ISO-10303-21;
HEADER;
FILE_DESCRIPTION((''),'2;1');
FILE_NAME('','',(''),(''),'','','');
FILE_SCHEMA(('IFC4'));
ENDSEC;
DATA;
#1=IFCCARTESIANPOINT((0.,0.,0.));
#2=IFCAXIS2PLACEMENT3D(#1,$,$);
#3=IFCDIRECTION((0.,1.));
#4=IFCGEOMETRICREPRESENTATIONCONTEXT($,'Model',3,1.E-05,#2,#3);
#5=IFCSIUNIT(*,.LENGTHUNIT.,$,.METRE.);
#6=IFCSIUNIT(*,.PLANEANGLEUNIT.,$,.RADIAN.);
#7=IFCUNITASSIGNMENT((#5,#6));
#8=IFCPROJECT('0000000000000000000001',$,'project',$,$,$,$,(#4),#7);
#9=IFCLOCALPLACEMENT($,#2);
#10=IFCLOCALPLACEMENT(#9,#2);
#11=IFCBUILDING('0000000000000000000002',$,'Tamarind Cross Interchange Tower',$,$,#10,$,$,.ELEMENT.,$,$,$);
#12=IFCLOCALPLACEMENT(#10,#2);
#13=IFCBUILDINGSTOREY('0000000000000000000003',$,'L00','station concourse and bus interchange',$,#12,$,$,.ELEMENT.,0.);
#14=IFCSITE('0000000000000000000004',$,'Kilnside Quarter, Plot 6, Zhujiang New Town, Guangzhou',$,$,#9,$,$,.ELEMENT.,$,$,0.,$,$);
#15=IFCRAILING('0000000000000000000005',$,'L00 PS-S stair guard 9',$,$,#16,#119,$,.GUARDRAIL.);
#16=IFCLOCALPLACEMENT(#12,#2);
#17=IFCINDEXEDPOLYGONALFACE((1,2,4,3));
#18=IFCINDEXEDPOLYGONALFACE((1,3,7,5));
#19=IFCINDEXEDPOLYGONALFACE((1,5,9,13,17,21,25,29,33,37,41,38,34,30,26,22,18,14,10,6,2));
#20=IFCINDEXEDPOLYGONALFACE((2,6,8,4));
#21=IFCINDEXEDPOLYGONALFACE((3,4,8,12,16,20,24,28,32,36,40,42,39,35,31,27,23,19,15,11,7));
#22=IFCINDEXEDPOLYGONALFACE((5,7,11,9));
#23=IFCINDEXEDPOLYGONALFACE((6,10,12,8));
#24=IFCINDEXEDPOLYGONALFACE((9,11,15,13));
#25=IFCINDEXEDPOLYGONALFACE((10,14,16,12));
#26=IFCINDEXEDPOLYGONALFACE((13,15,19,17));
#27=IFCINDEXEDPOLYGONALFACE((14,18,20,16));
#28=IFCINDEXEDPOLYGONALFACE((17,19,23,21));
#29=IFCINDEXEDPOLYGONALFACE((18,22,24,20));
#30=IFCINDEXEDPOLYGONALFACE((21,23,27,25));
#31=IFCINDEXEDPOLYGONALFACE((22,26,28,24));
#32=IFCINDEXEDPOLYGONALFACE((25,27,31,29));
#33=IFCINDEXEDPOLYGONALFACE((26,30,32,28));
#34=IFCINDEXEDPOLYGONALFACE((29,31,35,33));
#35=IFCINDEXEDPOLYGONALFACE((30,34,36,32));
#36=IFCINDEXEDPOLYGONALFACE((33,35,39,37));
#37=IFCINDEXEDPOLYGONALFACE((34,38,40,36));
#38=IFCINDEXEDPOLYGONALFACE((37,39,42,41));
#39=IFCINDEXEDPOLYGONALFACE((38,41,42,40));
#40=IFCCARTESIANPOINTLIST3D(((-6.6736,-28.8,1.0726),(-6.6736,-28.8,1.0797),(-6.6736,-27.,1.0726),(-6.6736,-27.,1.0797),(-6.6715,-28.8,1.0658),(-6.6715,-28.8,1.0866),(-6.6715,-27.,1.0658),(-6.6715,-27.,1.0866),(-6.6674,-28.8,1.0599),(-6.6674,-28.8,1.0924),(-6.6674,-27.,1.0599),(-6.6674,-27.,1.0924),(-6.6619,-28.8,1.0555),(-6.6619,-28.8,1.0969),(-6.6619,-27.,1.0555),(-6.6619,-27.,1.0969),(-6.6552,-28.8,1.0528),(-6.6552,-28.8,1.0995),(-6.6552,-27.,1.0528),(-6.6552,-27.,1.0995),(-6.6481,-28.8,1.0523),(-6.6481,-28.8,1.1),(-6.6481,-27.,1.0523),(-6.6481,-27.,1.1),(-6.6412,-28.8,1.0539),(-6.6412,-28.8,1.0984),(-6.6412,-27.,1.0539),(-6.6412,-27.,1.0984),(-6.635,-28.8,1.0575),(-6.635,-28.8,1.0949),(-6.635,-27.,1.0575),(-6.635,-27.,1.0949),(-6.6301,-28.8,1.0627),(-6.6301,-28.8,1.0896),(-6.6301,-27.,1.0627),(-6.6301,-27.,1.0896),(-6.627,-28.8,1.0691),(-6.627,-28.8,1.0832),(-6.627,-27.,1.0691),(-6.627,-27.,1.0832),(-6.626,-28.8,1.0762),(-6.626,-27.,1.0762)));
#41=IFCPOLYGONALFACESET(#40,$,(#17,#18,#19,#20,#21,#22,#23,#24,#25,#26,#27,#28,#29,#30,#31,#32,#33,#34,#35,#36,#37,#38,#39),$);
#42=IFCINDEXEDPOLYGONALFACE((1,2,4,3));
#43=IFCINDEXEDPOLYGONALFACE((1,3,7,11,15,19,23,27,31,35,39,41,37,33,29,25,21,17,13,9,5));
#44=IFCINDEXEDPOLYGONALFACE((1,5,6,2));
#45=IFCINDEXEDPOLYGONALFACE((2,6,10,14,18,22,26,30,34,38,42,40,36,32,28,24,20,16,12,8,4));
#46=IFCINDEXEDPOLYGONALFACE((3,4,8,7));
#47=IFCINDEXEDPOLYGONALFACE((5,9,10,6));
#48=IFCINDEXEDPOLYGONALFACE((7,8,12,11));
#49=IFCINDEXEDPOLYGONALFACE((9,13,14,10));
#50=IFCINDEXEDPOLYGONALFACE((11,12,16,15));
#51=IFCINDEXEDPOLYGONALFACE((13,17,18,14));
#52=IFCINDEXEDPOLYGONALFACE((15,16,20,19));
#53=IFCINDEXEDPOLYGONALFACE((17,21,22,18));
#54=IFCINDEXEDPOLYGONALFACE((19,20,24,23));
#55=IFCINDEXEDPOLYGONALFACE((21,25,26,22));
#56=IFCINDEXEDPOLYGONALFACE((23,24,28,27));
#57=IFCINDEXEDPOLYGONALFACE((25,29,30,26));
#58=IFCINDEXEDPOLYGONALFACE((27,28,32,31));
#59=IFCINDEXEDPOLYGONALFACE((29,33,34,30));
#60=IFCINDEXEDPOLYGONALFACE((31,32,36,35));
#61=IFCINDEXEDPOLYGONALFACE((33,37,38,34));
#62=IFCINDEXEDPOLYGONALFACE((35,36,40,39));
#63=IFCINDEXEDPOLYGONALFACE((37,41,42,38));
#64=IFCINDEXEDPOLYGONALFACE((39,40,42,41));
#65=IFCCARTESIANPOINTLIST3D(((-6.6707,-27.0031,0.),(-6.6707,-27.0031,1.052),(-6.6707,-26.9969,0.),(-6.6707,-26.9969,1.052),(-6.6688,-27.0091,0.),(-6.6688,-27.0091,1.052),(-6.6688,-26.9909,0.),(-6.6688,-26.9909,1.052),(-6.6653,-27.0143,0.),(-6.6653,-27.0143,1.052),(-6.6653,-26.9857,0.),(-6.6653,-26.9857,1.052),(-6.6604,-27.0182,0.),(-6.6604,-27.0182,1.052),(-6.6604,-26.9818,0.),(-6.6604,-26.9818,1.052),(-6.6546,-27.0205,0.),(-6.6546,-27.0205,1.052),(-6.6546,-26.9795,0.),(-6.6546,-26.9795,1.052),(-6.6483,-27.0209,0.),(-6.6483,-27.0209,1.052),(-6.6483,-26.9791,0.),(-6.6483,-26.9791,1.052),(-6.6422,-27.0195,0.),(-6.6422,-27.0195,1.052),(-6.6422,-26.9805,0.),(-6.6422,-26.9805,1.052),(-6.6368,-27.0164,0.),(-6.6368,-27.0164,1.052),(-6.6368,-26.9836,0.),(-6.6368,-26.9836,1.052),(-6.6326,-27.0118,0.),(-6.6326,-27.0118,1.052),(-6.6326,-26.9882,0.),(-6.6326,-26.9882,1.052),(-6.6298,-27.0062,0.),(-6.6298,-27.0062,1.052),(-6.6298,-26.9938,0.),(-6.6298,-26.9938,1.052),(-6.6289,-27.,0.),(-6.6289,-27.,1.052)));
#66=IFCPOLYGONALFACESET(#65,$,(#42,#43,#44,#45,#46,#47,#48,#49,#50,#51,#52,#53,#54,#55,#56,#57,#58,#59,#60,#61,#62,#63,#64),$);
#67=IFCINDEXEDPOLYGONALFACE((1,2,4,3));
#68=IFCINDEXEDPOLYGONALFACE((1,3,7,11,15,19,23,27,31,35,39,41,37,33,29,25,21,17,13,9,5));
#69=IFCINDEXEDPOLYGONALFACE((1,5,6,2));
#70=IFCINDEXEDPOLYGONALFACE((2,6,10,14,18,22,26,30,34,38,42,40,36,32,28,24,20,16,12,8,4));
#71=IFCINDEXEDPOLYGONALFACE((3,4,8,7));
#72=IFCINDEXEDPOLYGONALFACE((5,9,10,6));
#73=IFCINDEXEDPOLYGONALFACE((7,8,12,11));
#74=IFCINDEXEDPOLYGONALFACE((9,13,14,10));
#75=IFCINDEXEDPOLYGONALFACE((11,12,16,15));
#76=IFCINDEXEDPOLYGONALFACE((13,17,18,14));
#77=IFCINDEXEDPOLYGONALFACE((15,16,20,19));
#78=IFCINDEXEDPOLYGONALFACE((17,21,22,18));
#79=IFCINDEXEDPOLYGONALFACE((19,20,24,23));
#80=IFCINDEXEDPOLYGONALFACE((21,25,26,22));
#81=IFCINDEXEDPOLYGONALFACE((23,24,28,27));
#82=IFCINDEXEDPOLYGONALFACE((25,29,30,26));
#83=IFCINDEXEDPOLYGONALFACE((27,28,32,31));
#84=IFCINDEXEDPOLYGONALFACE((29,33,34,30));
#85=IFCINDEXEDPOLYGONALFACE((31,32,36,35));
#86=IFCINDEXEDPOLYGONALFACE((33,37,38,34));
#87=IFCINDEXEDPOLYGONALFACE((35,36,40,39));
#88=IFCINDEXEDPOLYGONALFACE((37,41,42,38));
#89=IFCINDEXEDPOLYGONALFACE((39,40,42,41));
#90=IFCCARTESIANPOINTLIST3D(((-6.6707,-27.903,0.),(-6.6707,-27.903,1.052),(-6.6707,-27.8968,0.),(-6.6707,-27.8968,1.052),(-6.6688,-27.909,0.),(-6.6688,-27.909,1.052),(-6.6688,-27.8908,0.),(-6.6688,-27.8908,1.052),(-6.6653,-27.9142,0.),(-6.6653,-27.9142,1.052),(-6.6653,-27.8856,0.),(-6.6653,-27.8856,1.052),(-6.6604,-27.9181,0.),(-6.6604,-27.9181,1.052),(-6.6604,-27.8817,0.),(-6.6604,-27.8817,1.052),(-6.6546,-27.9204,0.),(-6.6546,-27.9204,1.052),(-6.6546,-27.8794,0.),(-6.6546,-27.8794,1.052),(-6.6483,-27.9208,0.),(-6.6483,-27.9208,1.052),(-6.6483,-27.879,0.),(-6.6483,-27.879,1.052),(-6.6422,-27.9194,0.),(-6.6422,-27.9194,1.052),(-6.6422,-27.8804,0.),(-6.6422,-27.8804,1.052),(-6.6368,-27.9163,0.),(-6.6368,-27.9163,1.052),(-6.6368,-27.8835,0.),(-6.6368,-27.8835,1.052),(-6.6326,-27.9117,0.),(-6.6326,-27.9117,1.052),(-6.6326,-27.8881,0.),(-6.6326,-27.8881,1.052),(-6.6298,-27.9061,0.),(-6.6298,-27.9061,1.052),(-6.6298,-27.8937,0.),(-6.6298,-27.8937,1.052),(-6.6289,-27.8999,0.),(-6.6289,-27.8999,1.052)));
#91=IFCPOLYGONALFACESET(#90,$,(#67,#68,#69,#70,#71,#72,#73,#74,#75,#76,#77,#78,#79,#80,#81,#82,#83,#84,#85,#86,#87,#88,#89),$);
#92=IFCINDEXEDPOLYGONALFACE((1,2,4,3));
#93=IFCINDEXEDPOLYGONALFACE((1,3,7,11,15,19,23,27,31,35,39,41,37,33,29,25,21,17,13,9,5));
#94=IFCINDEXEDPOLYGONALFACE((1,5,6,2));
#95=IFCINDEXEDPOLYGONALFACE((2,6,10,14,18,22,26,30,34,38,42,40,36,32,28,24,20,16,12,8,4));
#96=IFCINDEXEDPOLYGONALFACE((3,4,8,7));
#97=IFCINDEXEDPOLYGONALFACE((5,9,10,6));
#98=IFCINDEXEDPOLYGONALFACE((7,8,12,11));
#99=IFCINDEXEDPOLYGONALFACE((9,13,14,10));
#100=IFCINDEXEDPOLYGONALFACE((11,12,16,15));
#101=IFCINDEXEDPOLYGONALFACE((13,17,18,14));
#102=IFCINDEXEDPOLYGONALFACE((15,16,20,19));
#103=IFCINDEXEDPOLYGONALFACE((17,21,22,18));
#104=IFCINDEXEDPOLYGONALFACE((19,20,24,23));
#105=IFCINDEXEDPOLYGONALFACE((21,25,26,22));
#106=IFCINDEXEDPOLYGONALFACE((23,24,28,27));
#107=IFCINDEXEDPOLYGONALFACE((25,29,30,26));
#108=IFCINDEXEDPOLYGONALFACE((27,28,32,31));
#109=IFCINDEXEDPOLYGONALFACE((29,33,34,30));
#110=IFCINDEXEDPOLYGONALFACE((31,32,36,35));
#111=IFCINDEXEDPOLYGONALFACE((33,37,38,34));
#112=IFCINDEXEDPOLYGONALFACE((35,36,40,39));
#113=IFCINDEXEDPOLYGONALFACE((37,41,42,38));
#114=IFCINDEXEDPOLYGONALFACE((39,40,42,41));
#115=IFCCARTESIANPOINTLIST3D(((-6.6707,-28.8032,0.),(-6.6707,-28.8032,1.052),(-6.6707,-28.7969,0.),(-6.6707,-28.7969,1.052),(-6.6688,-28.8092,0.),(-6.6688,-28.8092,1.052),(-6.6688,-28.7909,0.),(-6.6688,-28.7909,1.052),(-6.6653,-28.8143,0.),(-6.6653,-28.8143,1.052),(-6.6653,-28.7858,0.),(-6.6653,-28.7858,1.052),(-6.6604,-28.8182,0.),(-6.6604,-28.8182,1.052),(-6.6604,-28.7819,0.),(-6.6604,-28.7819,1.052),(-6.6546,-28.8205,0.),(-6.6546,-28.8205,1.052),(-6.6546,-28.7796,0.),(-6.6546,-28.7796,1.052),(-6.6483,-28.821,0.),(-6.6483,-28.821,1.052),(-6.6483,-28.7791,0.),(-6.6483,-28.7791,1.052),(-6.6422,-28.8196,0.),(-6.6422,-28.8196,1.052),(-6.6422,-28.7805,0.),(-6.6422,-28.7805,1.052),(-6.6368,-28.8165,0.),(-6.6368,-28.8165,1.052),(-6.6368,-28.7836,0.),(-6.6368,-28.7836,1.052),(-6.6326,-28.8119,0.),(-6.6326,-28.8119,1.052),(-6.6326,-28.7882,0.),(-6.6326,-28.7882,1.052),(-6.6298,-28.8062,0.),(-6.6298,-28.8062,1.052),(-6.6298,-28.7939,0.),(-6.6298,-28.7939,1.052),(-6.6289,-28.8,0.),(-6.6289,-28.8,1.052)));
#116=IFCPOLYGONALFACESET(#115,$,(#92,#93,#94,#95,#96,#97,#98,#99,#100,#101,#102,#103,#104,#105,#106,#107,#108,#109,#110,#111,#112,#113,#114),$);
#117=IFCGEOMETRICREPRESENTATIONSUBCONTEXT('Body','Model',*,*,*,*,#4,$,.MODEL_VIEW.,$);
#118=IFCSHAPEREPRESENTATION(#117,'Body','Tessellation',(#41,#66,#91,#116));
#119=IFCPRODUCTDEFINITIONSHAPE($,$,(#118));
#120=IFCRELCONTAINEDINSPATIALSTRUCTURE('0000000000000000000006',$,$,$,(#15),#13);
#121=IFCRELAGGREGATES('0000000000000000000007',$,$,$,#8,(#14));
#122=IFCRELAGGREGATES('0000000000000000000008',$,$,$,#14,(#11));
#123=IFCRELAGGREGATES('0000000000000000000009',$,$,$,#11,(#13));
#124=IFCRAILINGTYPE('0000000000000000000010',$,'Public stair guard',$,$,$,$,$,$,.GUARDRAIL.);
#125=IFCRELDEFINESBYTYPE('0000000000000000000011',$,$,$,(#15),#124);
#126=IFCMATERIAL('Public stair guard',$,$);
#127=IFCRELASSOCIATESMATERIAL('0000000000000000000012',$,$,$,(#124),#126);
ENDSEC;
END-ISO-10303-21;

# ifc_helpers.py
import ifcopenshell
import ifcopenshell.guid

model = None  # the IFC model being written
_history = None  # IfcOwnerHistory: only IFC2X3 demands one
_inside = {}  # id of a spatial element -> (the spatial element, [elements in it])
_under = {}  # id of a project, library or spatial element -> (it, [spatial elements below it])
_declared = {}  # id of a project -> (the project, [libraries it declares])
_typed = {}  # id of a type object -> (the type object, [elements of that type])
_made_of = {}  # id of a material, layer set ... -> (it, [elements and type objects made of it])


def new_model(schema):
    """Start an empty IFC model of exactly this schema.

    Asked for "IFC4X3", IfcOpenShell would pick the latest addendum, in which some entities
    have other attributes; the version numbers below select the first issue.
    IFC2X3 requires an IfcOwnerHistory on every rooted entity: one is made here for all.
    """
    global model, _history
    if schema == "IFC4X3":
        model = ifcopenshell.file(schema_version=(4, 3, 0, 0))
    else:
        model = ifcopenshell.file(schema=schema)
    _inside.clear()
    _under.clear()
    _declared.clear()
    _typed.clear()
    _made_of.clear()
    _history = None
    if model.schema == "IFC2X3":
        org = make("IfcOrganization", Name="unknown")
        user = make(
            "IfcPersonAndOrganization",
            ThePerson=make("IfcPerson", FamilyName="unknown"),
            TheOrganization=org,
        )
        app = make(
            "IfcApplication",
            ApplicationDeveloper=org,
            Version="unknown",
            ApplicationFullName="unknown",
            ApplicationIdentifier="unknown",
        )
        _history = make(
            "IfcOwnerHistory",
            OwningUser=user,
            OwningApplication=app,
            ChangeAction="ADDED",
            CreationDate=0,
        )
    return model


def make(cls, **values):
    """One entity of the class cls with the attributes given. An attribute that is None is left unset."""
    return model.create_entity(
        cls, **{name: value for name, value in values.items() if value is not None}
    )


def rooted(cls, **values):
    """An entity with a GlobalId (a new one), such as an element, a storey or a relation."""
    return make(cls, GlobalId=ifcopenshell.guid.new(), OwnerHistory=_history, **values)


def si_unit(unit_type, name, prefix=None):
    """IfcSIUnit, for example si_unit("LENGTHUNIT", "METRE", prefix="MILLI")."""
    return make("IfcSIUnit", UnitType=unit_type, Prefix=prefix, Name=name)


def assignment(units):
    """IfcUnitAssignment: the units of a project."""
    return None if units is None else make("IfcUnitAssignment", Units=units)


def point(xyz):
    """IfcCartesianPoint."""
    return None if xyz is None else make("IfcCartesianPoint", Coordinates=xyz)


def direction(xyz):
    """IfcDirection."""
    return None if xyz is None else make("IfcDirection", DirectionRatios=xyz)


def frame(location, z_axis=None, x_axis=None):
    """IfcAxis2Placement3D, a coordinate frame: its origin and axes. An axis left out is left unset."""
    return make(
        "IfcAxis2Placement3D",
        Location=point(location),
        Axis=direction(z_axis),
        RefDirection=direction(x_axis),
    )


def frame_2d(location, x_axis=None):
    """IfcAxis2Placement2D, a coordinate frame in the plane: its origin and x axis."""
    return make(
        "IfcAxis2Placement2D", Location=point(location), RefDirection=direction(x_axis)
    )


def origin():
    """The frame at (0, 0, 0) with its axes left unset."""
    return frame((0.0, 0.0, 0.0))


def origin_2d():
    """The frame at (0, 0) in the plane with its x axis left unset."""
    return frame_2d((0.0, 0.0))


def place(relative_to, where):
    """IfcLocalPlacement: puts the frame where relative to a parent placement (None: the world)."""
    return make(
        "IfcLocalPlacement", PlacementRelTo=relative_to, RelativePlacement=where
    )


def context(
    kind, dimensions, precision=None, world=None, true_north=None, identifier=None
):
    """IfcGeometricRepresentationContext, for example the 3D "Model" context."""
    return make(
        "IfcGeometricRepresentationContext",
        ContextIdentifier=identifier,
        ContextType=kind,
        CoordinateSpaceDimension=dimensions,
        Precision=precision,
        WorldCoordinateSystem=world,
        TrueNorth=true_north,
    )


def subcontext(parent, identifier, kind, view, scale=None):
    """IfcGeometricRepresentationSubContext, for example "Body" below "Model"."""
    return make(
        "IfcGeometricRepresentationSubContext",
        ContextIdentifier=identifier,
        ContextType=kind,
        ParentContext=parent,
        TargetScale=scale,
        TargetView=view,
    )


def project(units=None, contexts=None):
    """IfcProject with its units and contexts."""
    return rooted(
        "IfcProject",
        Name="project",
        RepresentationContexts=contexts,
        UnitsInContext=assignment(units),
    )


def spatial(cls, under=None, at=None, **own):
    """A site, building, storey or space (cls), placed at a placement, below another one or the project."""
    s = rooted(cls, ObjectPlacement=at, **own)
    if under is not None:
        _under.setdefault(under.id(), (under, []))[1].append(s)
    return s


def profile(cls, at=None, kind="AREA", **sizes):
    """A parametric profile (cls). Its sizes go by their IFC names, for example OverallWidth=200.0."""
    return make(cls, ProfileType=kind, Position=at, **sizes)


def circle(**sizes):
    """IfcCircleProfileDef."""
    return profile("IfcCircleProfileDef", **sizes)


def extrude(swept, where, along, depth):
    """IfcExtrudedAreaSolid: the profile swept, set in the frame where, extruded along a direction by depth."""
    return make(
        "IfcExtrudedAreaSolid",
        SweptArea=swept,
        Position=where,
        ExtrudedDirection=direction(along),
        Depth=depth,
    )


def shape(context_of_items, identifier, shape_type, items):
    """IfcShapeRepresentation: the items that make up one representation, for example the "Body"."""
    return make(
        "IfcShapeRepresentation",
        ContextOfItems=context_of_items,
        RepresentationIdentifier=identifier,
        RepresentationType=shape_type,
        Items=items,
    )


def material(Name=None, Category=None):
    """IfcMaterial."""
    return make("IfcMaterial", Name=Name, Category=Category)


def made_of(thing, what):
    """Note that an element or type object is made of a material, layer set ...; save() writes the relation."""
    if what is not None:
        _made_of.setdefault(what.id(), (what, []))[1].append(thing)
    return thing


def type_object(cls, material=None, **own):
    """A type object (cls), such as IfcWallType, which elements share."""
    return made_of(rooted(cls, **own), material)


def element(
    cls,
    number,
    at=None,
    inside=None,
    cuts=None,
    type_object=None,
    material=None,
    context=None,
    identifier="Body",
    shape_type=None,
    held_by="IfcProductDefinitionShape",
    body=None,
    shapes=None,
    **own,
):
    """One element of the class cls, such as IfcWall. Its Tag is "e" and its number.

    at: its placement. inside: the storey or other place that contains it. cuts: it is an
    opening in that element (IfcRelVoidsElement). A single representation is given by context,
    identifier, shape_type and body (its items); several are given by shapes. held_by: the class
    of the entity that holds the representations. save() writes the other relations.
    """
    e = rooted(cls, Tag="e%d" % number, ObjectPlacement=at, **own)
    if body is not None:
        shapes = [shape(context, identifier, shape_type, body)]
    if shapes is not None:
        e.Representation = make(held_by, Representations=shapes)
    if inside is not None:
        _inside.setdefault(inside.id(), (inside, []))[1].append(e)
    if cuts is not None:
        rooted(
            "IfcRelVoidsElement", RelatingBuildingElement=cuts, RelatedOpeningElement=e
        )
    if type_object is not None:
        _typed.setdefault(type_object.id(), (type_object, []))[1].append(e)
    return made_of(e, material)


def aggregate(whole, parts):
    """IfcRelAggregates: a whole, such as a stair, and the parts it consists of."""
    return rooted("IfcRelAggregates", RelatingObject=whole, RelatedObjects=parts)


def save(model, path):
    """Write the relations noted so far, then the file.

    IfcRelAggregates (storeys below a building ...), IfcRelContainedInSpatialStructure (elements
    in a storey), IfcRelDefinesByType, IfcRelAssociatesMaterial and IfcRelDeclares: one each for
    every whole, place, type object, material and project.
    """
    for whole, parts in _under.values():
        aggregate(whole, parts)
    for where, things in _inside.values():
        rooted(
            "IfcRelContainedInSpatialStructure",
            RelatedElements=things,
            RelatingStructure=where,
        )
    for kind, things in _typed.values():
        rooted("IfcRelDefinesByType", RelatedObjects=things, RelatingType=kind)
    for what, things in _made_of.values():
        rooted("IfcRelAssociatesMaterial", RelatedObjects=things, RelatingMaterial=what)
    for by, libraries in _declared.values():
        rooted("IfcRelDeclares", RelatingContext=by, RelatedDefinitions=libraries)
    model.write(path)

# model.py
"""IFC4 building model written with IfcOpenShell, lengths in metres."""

from ifc_helpers import new_model, si_unit, direction, frame, origin, origin_2d, place, context, subcontext, project, spatial, circle, extrude, material, type_object, element, save


model = new_model("IFC4")

# Units and contexts
model_context = context("Model", 3, precision=1e-05, world=origin(), true_north=direction((0.0, 1.0)))
body_context = subcontext(model_context, "Body", "Model", "MODEL_VIEW")
ifc_project = project(units=[si_unit("LENGTHUNIT", "METRE"), si_unit("PLANEANGLEUNIT", "RADIAN")], contexts=[model_context])

# Site, building, storey
site_placement = place(None, origin())
site = spatial("IfcSite", under=ifc_project, at=site_placement, Name="Kilnside Quarter, Plot 6, Zhujiang New Town, Guangzhou", CompositionType="ELEMENT", RefElevation=0.0)
building_placement = place(site_placement, origin())
building = spatial("IfcBuilding", under=site, at=building_placement, Name="Tamarind Cross Interchange Tower", CompositionType="ELEMENT")
storey_placement = place(building_placement, origin())
storey = spatial("IfcBuildingStorey", under=building, at=storey_placement, Name="L00", Description="station concourse and bus interchange", CompositionType="ELEMENT", Elevation=0.0)

# Railing
ifc_material_1 = material(Name="Public stair guard")
railing_type_1 = type_object("IfcRailingType", Name="Public stair guard", PredefinedType="GUARDRAIL", material=ifc_material_1)
railing_1_placement = place(storey_placement, frame((-6.6499, -27.0, 0.0)))
element("IfcRailing", 1, at=railing_1_placement, inside=storey, type_object=railing_type_1, Name="L00 PS-S stair guard 9", PredefinedType="GUARDRAIL", context=body_context, shape_type="SweptSolid", body=[
    extrude(circle(Radius=0.0239, at=origin_2d()), frame((0.0, 0.0, 1.0762), z_axis=(0.0, -1.0, 0.0), x_axis=(1.0, 0.0, 0.0)), (0.0, 0.0, 1.0), 1.8),
    extrude(circle(Radius=0.021, at=origin_2d()), origin(), (0.0, 0.0, 1.0), 1.052),
    extrude(circle(Radius=0.021, at=origin_2d()), frame((0.0, -0.8999, 0.0)), (0.0, 0.0, 1.0), 1.052),
    extrude(circle(Radius=0.021, at=origin_2d()), frame((0.0, -1.8, 0.0)), (0.0, 0.0, 1.0), 1.052),
])

save(model, "model.ifc")
